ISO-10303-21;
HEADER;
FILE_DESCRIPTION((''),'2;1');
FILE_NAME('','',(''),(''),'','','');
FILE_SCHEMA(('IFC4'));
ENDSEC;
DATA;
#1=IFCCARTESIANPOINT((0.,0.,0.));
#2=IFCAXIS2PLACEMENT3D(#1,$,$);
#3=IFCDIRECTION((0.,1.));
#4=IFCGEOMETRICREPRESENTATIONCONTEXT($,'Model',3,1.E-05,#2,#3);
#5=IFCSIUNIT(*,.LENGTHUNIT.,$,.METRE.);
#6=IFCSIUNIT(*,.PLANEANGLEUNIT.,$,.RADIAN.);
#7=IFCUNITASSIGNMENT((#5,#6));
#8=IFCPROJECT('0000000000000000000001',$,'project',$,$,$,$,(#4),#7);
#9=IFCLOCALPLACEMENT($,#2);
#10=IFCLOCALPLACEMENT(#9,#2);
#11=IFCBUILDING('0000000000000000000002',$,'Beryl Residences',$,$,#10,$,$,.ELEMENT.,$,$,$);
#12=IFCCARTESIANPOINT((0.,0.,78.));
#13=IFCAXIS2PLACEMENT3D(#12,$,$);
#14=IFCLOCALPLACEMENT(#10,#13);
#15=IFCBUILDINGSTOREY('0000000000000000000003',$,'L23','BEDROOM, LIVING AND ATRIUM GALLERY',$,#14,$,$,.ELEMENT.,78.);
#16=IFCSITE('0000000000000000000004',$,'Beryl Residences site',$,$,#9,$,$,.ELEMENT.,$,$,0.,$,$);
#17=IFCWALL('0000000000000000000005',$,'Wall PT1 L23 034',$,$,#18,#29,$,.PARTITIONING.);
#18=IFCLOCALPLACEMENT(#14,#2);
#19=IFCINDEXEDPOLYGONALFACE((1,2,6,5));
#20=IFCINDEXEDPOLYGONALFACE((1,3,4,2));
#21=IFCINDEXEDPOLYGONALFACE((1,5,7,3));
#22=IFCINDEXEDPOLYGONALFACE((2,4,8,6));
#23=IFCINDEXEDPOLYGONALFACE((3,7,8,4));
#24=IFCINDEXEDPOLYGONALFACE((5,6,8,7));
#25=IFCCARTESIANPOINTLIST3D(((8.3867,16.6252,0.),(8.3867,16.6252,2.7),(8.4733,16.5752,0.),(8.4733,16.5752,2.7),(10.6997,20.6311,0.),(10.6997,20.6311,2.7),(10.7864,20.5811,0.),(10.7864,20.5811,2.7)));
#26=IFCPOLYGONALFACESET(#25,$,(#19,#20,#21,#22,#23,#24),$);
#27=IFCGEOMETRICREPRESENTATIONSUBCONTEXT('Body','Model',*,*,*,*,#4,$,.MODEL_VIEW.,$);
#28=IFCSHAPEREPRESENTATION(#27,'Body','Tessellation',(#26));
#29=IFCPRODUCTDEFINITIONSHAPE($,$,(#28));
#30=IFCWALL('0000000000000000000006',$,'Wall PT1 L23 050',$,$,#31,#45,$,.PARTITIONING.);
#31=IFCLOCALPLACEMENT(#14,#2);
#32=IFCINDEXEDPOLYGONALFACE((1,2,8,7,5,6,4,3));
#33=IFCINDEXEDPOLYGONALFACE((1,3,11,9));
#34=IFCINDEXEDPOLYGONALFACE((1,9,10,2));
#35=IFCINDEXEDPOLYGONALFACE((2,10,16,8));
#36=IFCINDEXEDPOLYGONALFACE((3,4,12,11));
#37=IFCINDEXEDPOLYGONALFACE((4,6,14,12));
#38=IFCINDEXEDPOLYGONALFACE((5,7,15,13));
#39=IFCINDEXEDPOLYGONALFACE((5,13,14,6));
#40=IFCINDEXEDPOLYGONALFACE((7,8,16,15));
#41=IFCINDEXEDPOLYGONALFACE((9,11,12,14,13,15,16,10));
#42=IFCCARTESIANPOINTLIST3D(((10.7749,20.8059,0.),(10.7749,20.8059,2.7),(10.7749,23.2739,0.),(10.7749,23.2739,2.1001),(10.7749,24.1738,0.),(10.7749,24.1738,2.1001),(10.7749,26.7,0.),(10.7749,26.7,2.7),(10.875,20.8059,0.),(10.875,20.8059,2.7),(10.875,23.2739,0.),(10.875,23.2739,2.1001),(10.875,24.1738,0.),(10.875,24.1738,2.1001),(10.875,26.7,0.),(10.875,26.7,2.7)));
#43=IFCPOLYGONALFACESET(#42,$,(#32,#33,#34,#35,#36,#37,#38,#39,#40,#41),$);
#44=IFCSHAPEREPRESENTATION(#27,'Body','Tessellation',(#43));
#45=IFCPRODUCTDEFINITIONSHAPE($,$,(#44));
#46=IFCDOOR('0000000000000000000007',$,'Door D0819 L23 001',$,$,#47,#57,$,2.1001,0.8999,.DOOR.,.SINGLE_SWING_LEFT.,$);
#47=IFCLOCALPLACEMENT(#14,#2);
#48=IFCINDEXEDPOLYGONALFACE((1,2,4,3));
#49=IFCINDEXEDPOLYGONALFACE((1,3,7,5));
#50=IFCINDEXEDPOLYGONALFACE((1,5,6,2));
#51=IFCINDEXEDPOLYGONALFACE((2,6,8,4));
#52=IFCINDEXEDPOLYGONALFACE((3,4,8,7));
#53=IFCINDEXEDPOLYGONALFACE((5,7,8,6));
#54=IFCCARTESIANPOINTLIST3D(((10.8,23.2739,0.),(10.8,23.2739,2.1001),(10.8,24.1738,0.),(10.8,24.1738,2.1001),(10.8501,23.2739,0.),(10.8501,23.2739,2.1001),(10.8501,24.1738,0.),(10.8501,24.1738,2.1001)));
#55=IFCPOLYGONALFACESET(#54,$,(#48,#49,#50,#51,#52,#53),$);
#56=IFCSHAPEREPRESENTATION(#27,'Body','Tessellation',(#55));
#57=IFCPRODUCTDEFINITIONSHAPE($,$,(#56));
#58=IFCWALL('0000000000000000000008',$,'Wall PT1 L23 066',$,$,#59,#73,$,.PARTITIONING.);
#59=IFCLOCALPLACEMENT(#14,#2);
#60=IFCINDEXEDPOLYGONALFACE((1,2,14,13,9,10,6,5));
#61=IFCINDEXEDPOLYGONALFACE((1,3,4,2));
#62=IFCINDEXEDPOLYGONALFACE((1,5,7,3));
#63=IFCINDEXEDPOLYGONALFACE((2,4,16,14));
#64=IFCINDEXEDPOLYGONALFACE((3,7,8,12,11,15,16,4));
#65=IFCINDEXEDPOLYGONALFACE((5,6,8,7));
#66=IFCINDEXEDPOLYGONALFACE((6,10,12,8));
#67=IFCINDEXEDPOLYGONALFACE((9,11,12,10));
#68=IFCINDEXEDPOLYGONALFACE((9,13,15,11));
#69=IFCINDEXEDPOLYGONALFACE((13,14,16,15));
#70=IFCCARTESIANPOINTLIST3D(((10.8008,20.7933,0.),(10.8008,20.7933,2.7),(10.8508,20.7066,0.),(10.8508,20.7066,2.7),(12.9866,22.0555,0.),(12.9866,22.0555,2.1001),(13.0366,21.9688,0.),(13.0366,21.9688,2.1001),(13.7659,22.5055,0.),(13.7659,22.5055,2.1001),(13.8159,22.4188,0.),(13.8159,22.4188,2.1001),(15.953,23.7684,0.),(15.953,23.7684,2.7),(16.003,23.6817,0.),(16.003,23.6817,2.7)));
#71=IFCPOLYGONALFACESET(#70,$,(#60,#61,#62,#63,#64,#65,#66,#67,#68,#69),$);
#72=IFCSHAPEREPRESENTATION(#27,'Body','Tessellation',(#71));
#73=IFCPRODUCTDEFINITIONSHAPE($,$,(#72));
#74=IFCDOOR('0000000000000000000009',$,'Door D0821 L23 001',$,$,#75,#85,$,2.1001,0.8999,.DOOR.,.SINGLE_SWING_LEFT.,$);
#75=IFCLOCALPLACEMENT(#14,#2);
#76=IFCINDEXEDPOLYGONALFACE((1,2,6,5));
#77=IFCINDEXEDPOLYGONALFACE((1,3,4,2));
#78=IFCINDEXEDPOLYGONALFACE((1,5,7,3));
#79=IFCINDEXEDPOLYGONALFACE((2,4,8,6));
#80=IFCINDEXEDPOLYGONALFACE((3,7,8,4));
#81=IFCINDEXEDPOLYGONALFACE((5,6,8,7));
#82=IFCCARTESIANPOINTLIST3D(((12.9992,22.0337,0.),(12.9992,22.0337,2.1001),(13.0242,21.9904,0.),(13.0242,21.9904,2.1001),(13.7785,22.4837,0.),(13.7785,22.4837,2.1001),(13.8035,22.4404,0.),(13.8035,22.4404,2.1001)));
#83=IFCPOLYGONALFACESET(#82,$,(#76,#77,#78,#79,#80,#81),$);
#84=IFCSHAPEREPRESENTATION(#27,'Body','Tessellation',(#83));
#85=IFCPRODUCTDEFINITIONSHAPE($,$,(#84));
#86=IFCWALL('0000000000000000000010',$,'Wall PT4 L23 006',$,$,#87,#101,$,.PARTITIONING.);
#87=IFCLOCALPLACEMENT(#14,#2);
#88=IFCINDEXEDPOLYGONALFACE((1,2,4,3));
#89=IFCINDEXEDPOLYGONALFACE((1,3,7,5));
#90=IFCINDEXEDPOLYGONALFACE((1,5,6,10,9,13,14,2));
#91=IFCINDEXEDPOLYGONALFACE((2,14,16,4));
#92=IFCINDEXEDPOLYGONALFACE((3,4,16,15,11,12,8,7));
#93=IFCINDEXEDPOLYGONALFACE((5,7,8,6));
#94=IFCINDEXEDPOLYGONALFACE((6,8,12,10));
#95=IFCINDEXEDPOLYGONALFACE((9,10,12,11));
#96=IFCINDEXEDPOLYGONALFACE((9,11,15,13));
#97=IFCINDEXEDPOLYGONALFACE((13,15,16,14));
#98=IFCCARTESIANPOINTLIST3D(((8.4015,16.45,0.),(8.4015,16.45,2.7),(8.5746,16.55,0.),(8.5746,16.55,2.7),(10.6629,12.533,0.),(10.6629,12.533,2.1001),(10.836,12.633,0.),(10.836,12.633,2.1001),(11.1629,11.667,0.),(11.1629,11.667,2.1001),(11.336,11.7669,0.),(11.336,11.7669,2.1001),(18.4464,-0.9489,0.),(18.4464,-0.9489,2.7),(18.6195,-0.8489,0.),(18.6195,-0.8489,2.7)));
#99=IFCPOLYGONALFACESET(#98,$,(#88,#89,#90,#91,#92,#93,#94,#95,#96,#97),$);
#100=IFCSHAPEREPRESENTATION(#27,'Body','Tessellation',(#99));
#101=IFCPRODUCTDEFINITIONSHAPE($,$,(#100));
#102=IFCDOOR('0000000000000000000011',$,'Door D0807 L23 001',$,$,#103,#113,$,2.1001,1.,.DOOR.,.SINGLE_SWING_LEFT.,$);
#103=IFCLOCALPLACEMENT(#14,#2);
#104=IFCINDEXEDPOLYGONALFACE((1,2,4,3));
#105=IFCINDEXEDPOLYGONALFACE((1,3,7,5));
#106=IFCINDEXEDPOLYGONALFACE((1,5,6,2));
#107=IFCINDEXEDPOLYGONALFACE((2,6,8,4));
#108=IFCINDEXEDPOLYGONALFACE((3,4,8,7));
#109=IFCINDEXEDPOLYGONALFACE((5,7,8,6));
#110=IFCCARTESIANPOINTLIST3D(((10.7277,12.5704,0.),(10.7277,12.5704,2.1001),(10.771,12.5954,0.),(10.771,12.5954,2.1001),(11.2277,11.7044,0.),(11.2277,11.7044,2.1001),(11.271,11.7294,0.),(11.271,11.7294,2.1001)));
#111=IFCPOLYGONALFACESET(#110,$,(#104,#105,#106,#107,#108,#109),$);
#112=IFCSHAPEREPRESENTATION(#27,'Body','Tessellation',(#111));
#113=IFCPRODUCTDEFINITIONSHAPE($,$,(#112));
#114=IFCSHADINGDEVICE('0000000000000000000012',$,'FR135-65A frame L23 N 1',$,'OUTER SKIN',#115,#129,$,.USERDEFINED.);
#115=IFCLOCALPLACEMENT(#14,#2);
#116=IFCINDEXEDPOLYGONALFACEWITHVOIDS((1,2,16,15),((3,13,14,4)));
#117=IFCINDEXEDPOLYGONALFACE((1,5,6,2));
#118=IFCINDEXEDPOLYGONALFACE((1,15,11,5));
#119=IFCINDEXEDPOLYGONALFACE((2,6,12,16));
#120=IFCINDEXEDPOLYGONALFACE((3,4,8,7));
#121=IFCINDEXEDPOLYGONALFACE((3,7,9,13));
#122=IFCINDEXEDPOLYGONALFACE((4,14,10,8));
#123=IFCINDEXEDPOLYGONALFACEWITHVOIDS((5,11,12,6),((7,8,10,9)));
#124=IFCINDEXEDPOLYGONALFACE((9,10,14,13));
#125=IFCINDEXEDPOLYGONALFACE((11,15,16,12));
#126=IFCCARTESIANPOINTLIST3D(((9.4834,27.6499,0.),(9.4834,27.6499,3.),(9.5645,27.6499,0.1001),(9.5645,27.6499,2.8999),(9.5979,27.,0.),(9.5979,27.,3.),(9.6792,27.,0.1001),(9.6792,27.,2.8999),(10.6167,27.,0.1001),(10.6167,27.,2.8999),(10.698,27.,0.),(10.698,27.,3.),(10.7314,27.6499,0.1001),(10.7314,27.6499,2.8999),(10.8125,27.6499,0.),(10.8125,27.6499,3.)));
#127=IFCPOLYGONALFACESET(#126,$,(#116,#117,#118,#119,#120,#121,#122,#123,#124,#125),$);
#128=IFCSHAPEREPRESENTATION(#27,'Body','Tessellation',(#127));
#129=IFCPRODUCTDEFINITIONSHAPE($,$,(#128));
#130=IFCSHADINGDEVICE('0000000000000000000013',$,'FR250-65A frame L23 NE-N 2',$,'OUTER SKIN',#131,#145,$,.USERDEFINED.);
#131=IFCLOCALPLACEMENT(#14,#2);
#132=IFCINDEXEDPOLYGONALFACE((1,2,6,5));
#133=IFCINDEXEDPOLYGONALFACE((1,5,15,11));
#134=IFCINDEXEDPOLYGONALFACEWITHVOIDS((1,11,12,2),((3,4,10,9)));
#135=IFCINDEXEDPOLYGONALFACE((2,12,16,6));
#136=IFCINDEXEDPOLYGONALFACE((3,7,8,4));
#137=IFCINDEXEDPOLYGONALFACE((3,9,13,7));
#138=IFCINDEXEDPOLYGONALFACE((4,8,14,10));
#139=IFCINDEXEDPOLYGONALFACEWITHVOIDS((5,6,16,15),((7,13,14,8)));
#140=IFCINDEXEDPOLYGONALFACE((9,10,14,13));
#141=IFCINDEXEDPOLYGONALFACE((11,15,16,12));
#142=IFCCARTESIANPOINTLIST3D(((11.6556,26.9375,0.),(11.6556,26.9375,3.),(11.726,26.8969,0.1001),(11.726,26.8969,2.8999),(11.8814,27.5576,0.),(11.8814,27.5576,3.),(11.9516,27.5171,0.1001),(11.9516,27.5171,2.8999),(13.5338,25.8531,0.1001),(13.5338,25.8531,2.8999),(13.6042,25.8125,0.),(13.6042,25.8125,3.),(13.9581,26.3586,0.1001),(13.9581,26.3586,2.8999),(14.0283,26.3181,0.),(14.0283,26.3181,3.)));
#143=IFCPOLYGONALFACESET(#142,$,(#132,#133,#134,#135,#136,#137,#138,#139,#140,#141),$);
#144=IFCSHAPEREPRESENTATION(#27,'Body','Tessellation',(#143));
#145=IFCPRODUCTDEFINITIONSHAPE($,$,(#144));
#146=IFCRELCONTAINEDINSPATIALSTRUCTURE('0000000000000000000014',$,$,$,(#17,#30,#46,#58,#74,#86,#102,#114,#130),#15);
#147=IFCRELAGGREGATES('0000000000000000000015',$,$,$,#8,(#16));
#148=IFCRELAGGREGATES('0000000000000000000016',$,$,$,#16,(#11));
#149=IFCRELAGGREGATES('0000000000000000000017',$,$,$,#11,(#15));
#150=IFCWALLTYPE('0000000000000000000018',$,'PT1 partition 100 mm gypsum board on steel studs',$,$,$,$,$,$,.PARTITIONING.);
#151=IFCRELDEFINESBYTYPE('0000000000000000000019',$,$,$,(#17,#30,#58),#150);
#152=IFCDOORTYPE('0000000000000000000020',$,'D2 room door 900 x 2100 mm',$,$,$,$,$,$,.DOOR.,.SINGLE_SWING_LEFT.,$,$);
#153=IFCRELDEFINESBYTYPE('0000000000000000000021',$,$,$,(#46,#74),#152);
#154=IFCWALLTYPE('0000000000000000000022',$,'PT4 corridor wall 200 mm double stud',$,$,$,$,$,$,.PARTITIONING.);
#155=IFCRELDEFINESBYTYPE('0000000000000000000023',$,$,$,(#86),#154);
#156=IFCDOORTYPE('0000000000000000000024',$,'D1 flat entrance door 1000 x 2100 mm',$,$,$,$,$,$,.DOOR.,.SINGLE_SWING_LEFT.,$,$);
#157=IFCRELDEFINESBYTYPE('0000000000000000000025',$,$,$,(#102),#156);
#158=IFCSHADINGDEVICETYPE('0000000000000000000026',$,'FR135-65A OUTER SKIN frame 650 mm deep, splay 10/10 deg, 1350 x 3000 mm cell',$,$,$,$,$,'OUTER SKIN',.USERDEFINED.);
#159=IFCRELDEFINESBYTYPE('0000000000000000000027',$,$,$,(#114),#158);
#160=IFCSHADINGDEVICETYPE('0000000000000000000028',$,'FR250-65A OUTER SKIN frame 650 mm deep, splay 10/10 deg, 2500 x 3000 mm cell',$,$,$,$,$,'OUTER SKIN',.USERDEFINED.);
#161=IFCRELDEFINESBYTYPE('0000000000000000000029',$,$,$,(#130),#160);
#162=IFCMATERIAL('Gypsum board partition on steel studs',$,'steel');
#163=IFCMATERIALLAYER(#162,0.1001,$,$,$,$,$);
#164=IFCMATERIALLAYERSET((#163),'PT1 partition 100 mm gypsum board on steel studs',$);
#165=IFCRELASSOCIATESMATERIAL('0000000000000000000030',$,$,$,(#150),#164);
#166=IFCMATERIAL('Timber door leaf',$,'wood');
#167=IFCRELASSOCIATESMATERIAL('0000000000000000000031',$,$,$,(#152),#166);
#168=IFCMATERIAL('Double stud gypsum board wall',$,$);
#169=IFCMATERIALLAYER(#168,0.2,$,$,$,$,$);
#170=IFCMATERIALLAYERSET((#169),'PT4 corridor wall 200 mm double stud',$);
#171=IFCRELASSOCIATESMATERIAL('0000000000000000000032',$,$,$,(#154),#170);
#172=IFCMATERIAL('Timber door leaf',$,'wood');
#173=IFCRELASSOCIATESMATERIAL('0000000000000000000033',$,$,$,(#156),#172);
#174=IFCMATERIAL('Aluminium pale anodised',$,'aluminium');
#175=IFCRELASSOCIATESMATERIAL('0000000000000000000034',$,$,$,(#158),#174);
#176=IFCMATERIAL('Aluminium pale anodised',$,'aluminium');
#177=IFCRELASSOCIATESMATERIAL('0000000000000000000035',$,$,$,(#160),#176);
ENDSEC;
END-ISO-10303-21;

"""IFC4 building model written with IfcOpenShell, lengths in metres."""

from ifc_helpers import new_model, entity, si_unit, direction, frame, frame_2d, origin, place, context, subcontext, project, spatial, rectangle, extrude, source, transform, mapped, material, layer, layer_set, type_object, type_shapes, element, fill, save


model = new_model("IFC4")

# Units and contexts
model_context = context("Model", 3, precision=1e-05, world=origin(), true_north=direction((0.0, 1.0)))
body_context = subcontext(model_context, "Body", "Model", "MODEL_VIEW")
ifc_project = project(units=[si_unit("LENGTHUNIT", "METRE"), si_unit("PLANEANGLEUNIT", "RADIAN")], contexts=[model_context])

# Site, building, storey
site_placement = place(None, origin())
site = spatial("IfcSite", under=ifc_project, at=site_placement, Name="Beryl Residences site", CompositionType="ELEMENT", RefElevation=0.0)
building_placement = place(site_placement, origin())
building = spatial("IfcBuilding", under=site, at=building_placement, Name="Beryl Residences", CompositionType="ELEMENT")
storey_placement = place(building_placement, frame((0.0, 0.0, 78.0)))
storey = spatial("IfcBuildingStorey", under=building, at=storey_placement, Name="L23", Description="BEDROOM, LIVING AND ATRIUM GALLERY", CompositionType="ELEMENT", Elevation=78.0)

# Shared definitions
ifc_material_1 = material(Name="Gypsum board partition on steel studs", Category="steel")
ifc_layer_1 = layer(ifc_material_1, 0.1001)
ifc_layer_set_1 = layer_set([ifc_layer_1], Name="PT1 partition 100 mm gypsum board on steel studs")
wall_type_1 = type_object("IfcWallType", Name="PT1 partition 100 mm gypsum board on steel studs", PredefinedType="PARTITIONING", material=ifc_layer_set_1)

# Wall
wall_1_placement = place(storey_placement, frame((8.4299, 16.6001, 0.0), z_axis=(0.0, 0.0, 1.0), x_axis=(0.500033, 0.866006, 0.0)))
element("IfcWall", 1, at=wall_1_placement, inside=storey, type_object=wall_type_1, Name="Wall PT1 L23 034", PredefinedType="PARTITIONING", context=body_context, shape_type="SweptSolid", body=[
    extrude(rectangle(XDim=4.6257, YDim=0.1001, at=frame_2d((2.313, 0.0))), origin(), (0.0, 0.0, 1.0), 2.7),
])

# Walls, openings, doors
wall_2_placement = place(storey_placement, frame((10.825, 20.8059, 0.0), z_axis=(0.0, 0.0, 1.0), x_axis=(0.0, 1.0, 0.0)))
wall_2 = element("IfcWall", 2, at=wall_2_placement, inside=storey, type_object=wall_type_1, Name="Wall PT1 L23 050", PredefinedType="PARTITIONING", context=body_context, shape_type="SweptSolid", body=[
    extrude(rectangle(XDim=5.894, YDim=0.1001, at=frame_2d((2.947, 0.0))), origin(), (0.0, 0.0, 1.0), 2.7),
])
opening_1_placement = place(wall_2_placement, frame((2.468, 0.0, 0.0)))
opening_1 = element("IfcOpeningElement", 3, at=opening_1_placement, cuts=wall_2, PredefinedType="OPENING", context=body_context, shape_type="SweptSolid", body=[
    extrude(rectangle(XDim=0.8999, YDim=2.1001, at=frame_2d((0.45, 1.05))), frame((0.0, 0.0601, 0.0), z_axis=(0.0, -1.0, 0.0), x_axis=(1.0, 0.0, 0.0)), (0.0, 0.0, 1.0), 0.1201),
])
ifc_material_2 = material(Name="Timber door leaf", Category="wood")
door_type_1 = type_object("IfcDoorType", Name="D2 room door 900 x 2100 mm", OperationType="SINGLE_SWING_LEFT", PredefinedType="DOOR", material=ifc_material_2)
door_1_placement = place(opening_1_placement, origin())
door_1 = element("IfcDoor", 4, at=door_1_placement, inside=storey, type_object=door_type_1, Name="Door D0819 L23 001", OperationType="SINGLE_SWING_LEFT", OverallHeight=2.1001, OverallWidth=0.8999, PredefinedType="DOOR", context=body_context, shape_type="SweptSolid", body=[
    extrude(rectangle(XDim=0.8999, YDim=2.1001, at=frame_2d((0.45, 1.05))), frame((0.0, 0.0249, 0.0), z_axis=(0.0, -1.0, 0.0), x_axis=(1.0, 0.0, 0.0)), (0.0, 0.0, 1.0), 0.05),
])
fill(opening_1, door_1)
wall_3_placement = place(storey_placement, frame((10.8259, 20.75, 0.0), z_axis=(0.0, 0.0, 1.0), x_axis=(0.865987, 0.500067, 0.0)))
wall_3 = element("IfcWall", 5, at=wall_3_placement, inside=storey, type_object=wall_type_1, Name="Wall PT1 L23 066", PredefinedType="PARTITIONING", context=body_context, shape_type="SweptSolid", body=[
    extrude(rectangle(XDim=5.9495, YDim=0.1001, at=frame_2d((2.9746, 0.0))), origin(), (0.0, 0.0, 1.0), 2.7),
])
opening_2_placement = place(wall_3_placement, frame((2.5239, 0.0, 0.0)))
opening_2 = element("IfcOpeningElement", 6, at=opening_2_placement, cuts=wall_3, PredefinedType="OPENING", context=body_context, shape_type="SweptSolid", body=[
    extrude(rectangle(XDim=0.8999, YDim=2.1001, at=frame_2d((0.45, 1.05))), frame((0.0, 0.0601, 0.0), z_axis=(0.0, -1.0, 0.0), x_axis=(1.0, 0.0, 0.0)), (0.0, 0.0, 1.0), 0.1201),
])
door_2_placement = place(opening_2_placement, origin())
door_2 = element("IfcDoor", 7, at=door_2_placement, inside=storey, type_object=door_type_1, Name="Door D0821 L23 001", OperationType="SINGLE_SWING_LEFT", OverallHeight=2.1001, OverallWidth=0.8999, PredefinedType="DOOR", context=body_context, shape_type="SweptSolid", body=[
    extrude(rectangle(XDim=0.8999, YDim=2.1001, at=frame_2d((0.45, 1.05))), frame((0.0, 0.0249, 0.0), z_axis=(0.0, -1.0, 0.0), x_axis=(1.0, 0.0, 0.0)), (0.0, 0.0, 1.0), 0.05),
])
fill(opening_2, door_2)
ifc_material_3 = material(Name="Double stud gypsum board wall")
ifc_layer_2 = layer(ifc_material_3, 0.2)
ifc_layer_set_2 = layer_set([ifc_layer_2], Name="PT4 corridor wall 200 mm double stud")
wall_type_2 = type_object("IfcWallType", Name="PT4 corridor wall 200 mm double stud", PredefinedType="PARTITIONING", material=ifc_layer_set_2)
wall_4_placement = place(storey_placement, frame((8.488, 16.5, 0.0), z_axis=(0.0, 0.0, 1.0), x_axis=(0.499987, -0.866033, 0.0)))
wall_4 = element("IfcWall", 8, at=wall_4_placement, inside=storey, type_object=wall_type_2, Name="Wall PT4 L23 006", PredefinedType="PARTITIONING", context=body_context, shape_type="SweptSolid", body=[
    extrude(rectangle(XDim=20.0903, YDim=0.2, at=frame_2d((10.0452, 0.0))), origin(), (0.0, 0.0, 1.0), 2.7),
])
opening_3_placement = place(wall_4_placement, frame((4.5229, 0.0, 0.0)))
opening_3 = element("IfcOpeningElement", 9, at=opening_3_placement, cuts=wall_4, PredefinedType="OPENING", context=body_context, shape_type="SweptSolid", body=[
    extrude(rectangle(XDim=1.0, YDim=2.1001, at=frame_2d((0.5, 1.05))), frame((0.0, 0.1099, 0.0), z_axis=(0.0, -1.0, 0.0), x_axis=(1.0, 0.0, 0.0)), (0.0, 0.0, 1.0), 0.22),
])
ifc_material_4 = material(Name="Timber door leaf", Category="wood")
door_type_2 = type_object("IfcDoorType", Name="D1 flat entrance door 1000 x 2100 mm", OperationType="SINGLE_SWING_LEFT", PredefinedType="DOOR", material=ifc_material_4)
door_3_placement = place(opening_3_placement, origin())
door_3 = element("IfcDoor", 10, at=door_3_placement, inside=storey, type_object=door_type_2, Name="Door D0807 L23 001", OperationType="SINGLE_SWING_LEFT", OverallHeight=2.1001, OverallWidth=1.0, PredefinedType="DOOR", context=body_context, shape_type="SweptSolid", body=[
    extrude(rectangle(XDim=1.0, YDim=2.1001, at=frame_2d((0.5, 1.05))), frame((0.0, 0.0249, 0.0), z_axis=(0.0, -1.0, 0.0), x_axis=(1.0, 0.0, 0.0)), (0.0, 0.0, 1.0), 0.05),
])
fill(opening_3, door_3)

# Shading devices
ifc_material_5 = material(Name="Aluminium pale anodised", Category="aluminium")
shading_device_type_1 = type_object("IfcShadingDeviceType", Name="FR135-65A OUTER SKIN frame 650 mm deep, splay 10/10 deg, 1350 x 3000 mm cell", ElementType="OUTER SKIN", PredefinedType="USERDEFINED", material=ifc_material_5)
cartesian_point_1 = entity("IfcCartesianPoint", [-0.55, 0.0])
cartesian_point_2 = entity("IfcCartesianPoint", [-0.4688, 0.1001])
cartesian_point_3 = entity("IfcCartesianPoint", [-0.6646, 0.0])
cartesian_point_4 = entity("IfcCartesianPoint", [-0.5835, 0.1001])
shared_shape_1 = source(origin(), body_context, "Body", "SweptSolid", [
    entity("IfcExtrudedAreaSolidTapered", entity("IfcArbitraryProfileDefWithVoids", "AREA", None, entity("IfcPolyline", [cartesian_point_1, entity("IfcCartesianPoint", [0.55, 0.0]), entity("IfcCartesianPoint", [0.55, 3.0]), entity("IfcCartesianPoint", [-0.55, 3.0]), cartesian_point_1]), [entity("IfcPolyline", [cartesian_point_2, entity("IfcCartesianPoint", [0.4688, 0.1001]), entity("IfcCartesianPoint", [0.4688, 2.8999]), entity("IfcCartesianPoint", [-0.4688, 2.8999]), cartesian_point_2])]), entity("IfcAxis2Placement3D", entity("IfcCartesianPoint", [0.0, 0.0, 0.0]), entity("IfcDirection", [0.0, 1.0, 0.0]), entity("IfcDirection", [-1.0, 0.0, 0.0])), entity("IfcDirection", [0.0, 0.0, 1.0]), 0.6499, entity("IfcArbitraryProfileDefWithVoids", "AREA", None, entity("IfcPolyline", [cartesian_point_3, entity("IfcCartesianPoint", [0.6646, 0.0]), entity("IfcCartesianPoint", [0.6646, 3.0]), entity("IfcCartesianPoint", [-0.6646, 3.0]), cartesian_point_3]), [entity("IfcPolyline", [cartesian_point_4, entity("IfcCartesianPoint", [0.5835, 0.1001]), entity("IfcCartesianPoint", [0.5835, 2.8999]), entity("IfcCartesianPoint", [-0.5835, 2.8999]), cartesian_point_4])])),
])
type_shapes(shading_device_type_1, [shared_shape_1])
shading_device_1_placement = place(storey_placement, frame((10.1479, 27.0, 0.0), z_axis=(0.0, 0.0, 1.0), x_axis=(1.0, 0.0, 0.0)))
element("IfcShadingDevice", 11, at=shading_device_1_placement, inside=storey, type_object=shading_device_type_1, Name="FR135-65A frame L23 N 1", ObjectType="OUTER SKIN", PredefinedType="USERDEFINED", context=body_context, shape_type="MappedRepresentation", body=[
    mapped(shared_shape_1, transform((0.0, 0.0, 0.0))),
])
ifc_material_6 = material(Name="Aluminium pale anodised", Category="aluminium")
shading_device_type_2 = type_object("IfcShadingDeviceType", Name="FR250-65A OUTER SKIN frame 650 mm deep, splay 10/10 deg, 2500 x 3000 mm cell", ElementType="OUTER SKIN", PredefinedType="USERDEFINED", material=ifc_material_6)
cartesian_point_5 = entity("IfcCartesianPoint", [-1.125, 0.0])
cartesian_point_6 = entity("IfcCartesianPoint", [-1.0437, 0.1001])
cartesian_point_7 = entity("IfcCartesianPoint", [-1.2395, 0.0])
cartesian_point_8 = entity("IfcCartesianPoint", [-1.1584, 0.1001])
shared_shape_2 = source(origin(), body_context, "Body", "SweptSolid", [
    entity("IfcExtrudedAreaSolidTapered", entity("IfcArbitraryProfileDefWithVoids", "AREA", None, entity("IfcPolyline", [cartesian_point_5, entity("IfcCartesianPoint", [1.125, 0.0]), entity("IfcCartesianPoint", [1.125, 3.0]), entity("IfcCartesianPoint", [-1.125, 3.0]), cartesian_point_5]), [entity("IfcPolyline", [cartesian_point_6, entity("IfcCartesianPoint", [1.0437, 0.1001]), entity("IfcCartesianPoint", [1.0437, 2.8999]), entity("IfcCartesianPoint", [-1.0437, 2.8999]), cartesian_point_6])]), entity("IfcAxis2Placement3D", entity("IfcCartesianPoint", [0.0, 0.0, 0.0]), entity("IfcDirection", [0.0, 1.0, 0.0]), entity("IfcDirection", [-1.0, 0.0, 0.0])), entity("IfcDirection", [0.0, 0.0, 1.0]), 0.6499, entity("IfcArbitraryProfileDefWithVoids", "AREA", None, entity("IfcPolyline", [cartesian_point_7, entity("IfcCartesianPoint", [1.2395, 0.0]), entity("IfcCartesianPoint", [1.2395, 3.0]), entity("IfcCartesianPoint", [-1.2395, 3.0]), cartesian_point_7]), [entity("IfcPolyline", [cartesian_point_8, entity("IfcCartesianPoint", [1.1584, 0.1001]), entity("IfcCartesianPoint", [1.1584, 2.8999]), entity("IfcCartesianPoint", [-1.1584, 2.8999]), cartesian_point_8])])),
])
type_shapes(shading_device_type_2, [shared_shape_2])
shading_device_2_placement = place(storey_placement, frame((12.6299, 26.375, 0.0), z_axis=(0.0, 0.0, 1.0), x_axis=(0.866025, -0.5, 0.0)))
element("IfcShadingDevice", 12, at=shading_device_2_placement, inside=storey, type_object=shading_device_type_2, Name="FR250-65A frame L23 NE-N 2", ObjectType="OUTER SKIN", PredefinedType="USERDEFINED", context=body_context, shape_type="MappedRepresentation", body=[
    mapped(shared_shape_2, transform((0.0, 0.0, 0.0))),
])

save(model, "model.ifc")
